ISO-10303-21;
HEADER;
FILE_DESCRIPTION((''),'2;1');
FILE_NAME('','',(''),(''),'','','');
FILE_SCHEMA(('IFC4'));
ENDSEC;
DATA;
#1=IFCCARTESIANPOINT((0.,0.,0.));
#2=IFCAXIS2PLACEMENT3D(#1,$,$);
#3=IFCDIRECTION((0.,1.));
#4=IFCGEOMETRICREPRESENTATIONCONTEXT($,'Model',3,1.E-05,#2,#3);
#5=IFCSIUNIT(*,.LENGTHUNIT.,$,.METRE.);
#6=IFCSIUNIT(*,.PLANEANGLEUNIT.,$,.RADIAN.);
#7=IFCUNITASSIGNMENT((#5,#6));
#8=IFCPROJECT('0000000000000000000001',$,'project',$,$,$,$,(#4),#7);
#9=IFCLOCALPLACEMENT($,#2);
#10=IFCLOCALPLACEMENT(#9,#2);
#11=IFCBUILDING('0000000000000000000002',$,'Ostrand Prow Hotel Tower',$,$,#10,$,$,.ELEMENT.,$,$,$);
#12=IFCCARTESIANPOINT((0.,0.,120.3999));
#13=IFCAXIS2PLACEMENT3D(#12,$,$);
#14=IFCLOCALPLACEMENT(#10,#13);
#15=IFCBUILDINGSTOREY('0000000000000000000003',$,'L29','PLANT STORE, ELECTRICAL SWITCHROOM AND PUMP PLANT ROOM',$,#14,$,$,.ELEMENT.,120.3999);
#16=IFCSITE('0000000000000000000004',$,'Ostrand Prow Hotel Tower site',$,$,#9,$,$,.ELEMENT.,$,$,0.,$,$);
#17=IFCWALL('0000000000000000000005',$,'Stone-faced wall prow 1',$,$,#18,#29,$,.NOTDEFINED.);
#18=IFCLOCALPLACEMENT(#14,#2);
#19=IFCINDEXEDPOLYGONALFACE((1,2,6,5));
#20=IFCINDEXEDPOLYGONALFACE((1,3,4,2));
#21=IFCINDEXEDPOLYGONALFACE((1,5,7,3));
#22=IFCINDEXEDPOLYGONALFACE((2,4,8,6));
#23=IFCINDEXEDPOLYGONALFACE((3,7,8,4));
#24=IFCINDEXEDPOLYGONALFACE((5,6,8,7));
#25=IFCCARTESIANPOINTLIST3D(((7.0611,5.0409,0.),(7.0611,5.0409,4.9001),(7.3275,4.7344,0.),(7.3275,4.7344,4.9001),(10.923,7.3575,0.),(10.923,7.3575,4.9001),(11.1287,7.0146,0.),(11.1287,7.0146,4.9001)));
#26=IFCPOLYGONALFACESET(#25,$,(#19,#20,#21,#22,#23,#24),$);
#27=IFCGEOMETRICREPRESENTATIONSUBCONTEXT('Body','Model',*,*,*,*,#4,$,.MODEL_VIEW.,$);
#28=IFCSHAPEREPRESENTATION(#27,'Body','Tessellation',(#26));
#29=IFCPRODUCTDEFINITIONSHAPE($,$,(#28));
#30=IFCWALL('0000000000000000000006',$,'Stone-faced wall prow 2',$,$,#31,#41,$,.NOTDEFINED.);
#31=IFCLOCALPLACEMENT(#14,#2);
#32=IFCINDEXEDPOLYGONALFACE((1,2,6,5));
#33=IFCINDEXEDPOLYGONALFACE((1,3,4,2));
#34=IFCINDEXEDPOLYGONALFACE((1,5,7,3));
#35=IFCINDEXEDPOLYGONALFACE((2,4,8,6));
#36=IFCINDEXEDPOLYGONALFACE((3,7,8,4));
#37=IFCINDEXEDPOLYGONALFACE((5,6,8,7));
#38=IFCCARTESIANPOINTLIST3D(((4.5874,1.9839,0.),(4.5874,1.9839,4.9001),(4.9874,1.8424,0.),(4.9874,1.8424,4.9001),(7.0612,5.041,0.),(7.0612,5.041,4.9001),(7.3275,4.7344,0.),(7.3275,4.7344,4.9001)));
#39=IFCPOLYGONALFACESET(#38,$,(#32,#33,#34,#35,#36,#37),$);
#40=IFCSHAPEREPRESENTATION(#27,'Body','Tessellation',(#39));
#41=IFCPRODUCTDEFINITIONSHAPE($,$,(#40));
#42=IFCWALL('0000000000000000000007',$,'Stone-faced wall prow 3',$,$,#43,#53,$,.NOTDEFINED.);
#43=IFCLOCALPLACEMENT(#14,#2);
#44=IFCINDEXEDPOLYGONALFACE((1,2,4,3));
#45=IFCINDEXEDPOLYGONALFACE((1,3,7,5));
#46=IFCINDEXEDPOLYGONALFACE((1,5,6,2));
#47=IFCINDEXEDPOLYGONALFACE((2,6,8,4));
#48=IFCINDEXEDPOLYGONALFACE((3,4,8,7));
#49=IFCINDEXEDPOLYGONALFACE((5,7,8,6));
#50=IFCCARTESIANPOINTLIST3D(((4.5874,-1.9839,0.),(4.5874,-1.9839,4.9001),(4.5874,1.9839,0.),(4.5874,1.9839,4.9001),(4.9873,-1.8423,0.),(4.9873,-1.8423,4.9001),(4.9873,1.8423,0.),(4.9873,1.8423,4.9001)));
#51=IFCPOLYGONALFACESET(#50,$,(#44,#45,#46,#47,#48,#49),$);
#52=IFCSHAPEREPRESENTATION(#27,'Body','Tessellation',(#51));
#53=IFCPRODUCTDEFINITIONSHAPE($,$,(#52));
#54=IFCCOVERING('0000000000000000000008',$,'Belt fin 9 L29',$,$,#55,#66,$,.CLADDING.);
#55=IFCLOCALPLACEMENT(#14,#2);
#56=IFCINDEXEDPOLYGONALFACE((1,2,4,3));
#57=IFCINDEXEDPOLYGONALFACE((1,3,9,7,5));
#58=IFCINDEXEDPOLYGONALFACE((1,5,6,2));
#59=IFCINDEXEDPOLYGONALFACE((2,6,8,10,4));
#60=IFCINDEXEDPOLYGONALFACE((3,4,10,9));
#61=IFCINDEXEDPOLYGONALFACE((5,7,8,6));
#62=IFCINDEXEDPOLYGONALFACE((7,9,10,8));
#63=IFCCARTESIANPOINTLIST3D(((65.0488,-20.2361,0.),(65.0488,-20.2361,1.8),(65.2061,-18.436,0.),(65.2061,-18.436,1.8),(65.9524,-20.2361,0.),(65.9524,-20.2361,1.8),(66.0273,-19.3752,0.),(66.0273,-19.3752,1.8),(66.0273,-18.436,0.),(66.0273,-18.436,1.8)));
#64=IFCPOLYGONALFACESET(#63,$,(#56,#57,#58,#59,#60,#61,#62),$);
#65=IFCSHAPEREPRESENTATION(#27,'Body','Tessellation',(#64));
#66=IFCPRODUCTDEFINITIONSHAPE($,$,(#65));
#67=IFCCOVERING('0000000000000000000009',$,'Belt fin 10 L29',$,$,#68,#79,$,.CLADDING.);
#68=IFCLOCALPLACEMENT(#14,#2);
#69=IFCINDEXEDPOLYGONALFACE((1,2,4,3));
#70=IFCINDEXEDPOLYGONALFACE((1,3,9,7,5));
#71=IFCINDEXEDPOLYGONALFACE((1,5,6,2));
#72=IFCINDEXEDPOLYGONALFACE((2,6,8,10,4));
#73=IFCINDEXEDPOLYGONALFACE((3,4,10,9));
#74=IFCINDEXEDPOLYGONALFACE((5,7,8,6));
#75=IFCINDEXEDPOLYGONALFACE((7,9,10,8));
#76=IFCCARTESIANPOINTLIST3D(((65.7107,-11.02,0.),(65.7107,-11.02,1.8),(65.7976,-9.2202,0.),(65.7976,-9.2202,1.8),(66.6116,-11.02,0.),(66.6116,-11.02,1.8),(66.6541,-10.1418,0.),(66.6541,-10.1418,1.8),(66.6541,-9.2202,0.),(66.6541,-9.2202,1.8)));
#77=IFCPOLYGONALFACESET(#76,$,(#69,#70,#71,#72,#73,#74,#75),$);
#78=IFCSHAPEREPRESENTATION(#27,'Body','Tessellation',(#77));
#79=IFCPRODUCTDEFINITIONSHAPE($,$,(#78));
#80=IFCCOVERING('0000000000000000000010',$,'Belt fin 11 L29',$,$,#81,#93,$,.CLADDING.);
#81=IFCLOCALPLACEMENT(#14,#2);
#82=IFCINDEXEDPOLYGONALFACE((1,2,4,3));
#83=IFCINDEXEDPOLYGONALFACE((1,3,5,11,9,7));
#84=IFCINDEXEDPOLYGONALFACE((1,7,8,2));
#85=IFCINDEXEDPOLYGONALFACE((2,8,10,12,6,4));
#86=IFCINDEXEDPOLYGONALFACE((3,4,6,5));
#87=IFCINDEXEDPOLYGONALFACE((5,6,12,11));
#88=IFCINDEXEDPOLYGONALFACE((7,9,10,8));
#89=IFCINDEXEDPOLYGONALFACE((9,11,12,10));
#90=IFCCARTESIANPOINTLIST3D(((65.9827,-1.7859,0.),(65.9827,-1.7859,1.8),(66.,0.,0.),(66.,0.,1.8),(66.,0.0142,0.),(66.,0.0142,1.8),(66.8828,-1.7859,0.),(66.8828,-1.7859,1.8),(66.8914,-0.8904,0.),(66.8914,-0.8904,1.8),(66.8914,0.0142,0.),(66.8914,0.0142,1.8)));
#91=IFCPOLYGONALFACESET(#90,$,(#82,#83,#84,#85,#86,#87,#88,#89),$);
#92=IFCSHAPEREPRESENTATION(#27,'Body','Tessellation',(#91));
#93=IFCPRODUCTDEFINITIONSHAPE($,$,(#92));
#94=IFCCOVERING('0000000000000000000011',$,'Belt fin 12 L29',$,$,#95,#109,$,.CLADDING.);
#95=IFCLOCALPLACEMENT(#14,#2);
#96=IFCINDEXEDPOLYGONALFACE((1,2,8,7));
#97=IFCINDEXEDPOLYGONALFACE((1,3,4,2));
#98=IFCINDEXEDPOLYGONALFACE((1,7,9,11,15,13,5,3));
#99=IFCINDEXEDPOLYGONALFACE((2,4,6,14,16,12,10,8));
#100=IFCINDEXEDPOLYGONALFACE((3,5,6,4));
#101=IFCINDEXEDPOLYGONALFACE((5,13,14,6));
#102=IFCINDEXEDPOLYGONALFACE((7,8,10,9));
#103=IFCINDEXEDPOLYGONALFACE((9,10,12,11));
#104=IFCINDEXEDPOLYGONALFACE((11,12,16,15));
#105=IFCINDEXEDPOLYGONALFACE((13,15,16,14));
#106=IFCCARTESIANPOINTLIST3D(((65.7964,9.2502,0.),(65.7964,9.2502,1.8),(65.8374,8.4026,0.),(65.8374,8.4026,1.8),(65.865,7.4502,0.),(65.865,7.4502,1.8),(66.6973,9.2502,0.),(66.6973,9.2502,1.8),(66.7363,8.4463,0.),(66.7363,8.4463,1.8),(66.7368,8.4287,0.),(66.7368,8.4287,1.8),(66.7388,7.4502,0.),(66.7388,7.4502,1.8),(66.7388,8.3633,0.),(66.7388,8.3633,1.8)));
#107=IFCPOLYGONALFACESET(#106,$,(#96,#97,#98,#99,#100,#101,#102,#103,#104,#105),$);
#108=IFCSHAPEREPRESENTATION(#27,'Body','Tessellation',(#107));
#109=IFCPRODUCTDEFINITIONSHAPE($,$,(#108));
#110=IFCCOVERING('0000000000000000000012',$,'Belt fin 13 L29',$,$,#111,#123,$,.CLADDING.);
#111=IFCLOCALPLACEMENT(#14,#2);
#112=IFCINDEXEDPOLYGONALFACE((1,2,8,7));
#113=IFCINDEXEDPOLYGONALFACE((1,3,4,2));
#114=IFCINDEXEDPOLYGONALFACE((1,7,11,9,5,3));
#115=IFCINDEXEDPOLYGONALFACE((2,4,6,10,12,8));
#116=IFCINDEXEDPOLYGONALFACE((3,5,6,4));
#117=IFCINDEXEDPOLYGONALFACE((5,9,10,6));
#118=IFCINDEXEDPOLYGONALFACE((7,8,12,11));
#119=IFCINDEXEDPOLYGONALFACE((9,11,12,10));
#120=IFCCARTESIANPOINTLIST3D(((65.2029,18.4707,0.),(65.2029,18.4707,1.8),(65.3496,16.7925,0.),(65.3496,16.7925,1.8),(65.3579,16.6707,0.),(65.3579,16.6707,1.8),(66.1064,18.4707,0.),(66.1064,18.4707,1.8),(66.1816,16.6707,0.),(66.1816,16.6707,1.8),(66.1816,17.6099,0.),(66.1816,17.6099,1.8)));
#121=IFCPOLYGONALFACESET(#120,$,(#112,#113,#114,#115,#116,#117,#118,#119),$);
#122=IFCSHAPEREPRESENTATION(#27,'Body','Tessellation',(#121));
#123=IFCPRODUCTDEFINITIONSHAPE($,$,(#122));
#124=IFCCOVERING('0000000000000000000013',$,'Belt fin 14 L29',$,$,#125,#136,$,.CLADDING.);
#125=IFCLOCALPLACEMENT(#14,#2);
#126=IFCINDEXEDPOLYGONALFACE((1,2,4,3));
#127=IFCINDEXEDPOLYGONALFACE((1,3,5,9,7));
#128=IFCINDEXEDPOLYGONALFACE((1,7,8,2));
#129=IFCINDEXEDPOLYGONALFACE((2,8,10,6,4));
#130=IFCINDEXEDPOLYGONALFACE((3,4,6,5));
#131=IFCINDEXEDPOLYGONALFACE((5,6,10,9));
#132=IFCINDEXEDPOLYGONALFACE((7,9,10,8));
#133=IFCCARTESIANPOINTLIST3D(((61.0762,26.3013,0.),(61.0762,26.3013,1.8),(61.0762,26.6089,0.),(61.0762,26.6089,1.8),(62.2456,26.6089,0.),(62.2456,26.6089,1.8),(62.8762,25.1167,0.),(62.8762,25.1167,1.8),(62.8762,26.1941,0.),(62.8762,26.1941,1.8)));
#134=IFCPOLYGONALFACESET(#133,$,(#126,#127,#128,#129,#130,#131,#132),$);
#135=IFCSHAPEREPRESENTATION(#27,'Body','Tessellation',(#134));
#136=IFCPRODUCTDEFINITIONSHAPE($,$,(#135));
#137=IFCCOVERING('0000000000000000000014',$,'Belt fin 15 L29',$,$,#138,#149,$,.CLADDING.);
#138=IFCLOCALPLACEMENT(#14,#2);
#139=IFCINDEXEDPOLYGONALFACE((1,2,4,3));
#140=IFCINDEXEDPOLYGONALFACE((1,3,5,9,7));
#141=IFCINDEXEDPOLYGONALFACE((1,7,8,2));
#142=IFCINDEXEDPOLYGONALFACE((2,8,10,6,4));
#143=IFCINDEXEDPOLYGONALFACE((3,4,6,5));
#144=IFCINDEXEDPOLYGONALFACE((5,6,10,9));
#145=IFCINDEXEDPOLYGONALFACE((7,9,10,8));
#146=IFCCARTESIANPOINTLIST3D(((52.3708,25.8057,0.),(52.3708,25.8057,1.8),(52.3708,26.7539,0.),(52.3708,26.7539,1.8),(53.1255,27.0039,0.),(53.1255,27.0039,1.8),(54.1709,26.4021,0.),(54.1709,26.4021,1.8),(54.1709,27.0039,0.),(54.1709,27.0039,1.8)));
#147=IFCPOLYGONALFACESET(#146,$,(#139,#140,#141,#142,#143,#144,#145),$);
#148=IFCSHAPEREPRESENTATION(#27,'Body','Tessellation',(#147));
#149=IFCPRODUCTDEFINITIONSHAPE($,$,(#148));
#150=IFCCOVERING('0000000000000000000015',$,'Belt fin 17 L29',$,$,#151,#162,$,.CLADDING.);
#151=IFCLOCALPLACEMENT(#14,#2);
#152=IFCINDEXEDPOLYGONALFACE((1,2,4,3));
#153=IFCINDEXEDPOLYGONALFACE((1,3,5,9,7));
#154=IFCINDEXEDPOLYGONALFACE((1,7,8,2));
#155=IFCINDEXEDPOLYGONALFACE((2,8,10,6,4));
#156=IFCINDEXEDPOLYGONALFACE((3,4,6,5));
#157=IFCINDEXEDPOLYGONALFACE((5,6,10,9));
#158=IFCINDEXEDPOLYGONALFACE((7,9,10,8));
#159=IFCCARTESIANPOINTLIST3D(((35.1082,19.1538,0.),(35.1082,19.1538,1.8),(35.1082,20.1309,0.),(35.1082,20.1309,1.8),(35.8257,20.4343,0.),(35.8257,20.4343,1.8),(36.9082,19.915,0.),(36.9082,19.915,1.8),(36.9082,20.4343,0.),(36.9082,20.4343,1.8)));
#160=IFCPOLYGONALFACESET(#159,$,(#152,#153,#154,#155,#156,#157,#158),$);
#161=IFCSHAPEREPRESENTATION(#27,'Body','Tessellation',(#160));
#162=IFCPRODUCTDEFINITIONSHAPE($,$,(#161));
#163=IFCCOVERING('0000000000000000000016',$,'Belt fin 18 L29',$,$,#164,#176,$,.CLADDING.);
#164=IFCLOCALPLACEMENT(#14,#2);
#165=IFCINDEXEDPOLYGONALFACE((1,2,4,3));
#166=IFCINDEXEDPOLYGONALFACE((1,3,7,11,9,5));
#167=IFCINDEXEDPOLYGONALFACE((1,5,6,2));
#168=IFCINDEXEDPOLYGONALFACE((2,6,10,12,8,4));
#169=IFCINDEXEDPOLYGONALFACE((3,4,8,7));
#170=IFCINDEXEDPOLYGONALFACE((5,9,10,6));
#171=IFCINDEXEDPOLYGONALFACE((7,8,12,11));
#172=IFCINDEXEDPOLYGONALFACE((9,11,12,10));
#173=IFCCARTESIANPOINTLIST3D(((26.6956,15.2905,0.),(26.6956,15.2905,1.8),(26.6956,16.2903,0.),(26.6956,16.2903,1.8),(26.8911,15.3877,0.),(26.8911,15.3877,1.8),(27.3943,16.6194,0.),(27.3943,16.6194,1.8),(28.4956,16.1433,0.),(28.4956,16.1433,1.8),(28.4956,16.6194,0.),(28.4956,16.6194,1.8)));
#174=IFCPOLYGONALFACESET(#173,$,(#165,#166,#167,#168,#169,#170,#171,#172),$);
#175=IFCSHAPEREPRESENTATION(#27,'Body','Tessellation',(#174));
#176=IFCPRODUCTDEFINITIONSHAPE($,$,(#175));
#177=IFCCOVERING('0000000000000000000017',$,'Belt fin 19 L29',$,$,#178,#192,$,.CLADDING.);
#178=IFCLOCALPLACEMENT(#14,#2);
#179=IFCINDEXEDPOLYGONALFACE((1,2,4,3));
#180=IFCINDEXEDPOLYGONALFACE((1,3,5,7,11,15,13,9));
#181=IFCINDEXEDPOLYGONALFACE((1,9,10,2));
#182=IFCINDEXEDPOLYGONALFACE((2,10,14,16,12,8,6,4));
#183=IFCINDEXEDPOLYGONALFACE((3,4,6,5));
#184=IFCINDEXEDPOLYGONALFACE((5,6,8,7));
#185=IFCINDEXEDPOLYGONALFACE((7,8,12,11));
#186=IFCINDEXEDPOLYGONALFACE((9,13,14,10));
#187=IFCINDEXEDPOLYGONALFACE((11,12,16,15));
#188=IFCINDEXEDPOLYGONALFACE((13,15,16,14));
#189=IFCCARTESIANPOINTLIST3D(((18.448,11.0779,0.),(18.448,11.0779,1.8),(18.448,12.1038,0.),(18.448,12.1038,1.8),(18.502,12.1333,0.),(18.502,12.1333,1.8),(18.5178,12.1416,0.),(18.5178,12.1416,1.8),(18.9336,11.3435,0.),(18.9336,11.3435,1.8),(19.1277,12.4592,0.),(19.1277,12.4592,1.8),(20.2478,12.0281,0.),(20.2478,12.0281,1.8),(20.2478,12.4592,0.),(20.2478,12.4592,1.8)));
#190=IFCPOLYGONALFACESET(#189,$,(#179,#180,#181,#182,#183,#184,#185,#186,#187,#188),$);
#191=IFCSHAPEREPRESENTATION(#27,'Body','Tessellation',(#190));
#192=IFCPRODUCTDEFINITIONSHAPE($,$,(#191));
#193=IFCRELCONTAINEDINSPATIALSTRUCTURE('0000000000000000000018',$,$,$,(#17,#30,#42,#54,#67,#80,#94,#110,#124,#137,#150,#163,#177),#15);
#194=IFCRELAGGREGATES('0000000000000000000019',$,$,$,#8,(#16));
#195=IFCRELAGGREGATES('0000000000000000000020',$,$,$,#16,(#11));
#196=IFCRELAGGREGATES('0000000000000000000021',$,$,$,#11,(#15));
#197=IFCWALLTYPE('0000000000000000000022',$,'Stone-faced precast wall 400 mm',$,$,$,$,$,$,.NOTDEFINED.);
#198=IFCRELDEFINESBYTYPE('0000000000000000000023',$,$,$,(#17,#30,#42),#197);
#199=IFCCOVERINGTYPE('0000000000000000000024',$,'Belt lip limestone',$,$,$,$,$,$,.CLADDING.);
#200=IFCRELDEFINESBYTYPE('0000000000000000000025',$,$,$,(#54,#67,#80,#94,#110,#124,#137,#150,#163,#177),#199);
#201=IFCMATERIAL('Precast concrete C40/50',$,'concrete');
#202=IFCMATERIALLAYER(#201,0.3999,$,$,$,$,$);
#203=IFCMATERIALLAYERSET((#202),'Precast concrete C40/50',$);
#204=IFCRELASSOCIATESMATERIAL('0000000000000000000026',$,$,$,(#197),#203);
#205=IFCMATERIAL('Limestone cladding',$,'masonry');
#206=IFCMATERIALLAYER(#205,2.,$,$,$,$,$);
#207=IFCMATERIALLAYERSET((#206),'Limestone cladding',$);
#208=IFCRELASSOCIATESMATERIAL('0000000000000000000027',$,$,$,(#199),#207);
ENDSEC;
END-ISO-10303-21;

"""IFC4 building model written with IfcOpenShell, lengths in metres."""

from ifc_helpers import new_model, si_unit, direction, frame, origin, place, context, subcontext, project, spatial, polyline, outline, extrude, material, layer, layer_set, type_object, element, save


model = new_model("IFC4")

# Units and contexts
model_context = context("Model", 3, precision=1e-05, world=origin(), true_north=direction((0.0, 1.0)))
body_context = subcontext(model_context, "Body", "Model", "MODEL_VIEW")
ifc_project = project(units=[si_unit("LENGTHUNIT", "METRE"), si_unit("PLANEANGLEUNIT", "RADIAN")], contexts=[model_context])

# Site, building, storey
site_placement = place(None, origin())
site = spatial("IfcSite", under=ifc_project, at=site_placement, Name="Ostrand Prow Hotel Tower site", CompositionType="ELEMENT", RefElevation=0.0)
building_placement = place(site_placement, origin())
building = spatial("IfcBuilding", under=site, at=building_placement, Name="Ostrand Prow Hotel Tower", CompositionType="ELEMENT")
storey_placement = place(building_placement, frame((0.0, 0.0, 120.3999)))
storey = spatial("IfcBuildingStorey", under=building, at=storey_placement, Name="L29", Description="PLANT STORE, ELECTRICAL SWITCHROOM AND PUMP PLANT ROOM", CompositionType="ELEMENT", Elevation=120.3999)

# Walls
ifc_material_1 = material(Name="Precast concrete C40/50", Category="concrete")
ifc_layer_1 = layer(ifc_material_1, 0.3999)
ifc_layer_set_1 = layer_set([ifc_layer_1], Name="Precast concrete C40/50")
wall_type_1 = type_object("IfcWallType", Name="Stone-faced precast wall 400 mm", PredefinedType="NOTDEFINED", material=ifc_layer_set_1)
wall_1_placement = place(storey_placement, frame((11.0259, 7.186, 0.0), z_axis=(0.0, 0.0, 1.0), x_axis=(-0.857551, -0.514399, 0.0)))
element("IfcWall", 1, at=wall_1_placement, inside=storey, type_object=wall_type_1, Name="Stone-faced wall prow 1", PredefinedType="NOTDEFINED", context=body_context, shape_type="SweptSolid", body=[
    extrude(outline(polyline([(0.0, -0.2), (4.5034, -0.2), (4.4326, 0.2), (0.0, 0.2), (0.0, -0.2)])), origin(), (0.0, 0.0, 1.0), 4.9001),
])
wall_2_placement = place(storey_placement, frame((7.1943, 4.8877, 0.0), z_axis=(0.0, 0.0, 1.0), x_axis=(-0.629035, -0.777377, 0.0)))
element("IfcWall", 2, at=wall_2_placement, inside=storey, type_object=wall_type_1, Name="Stone-faced wall prow 2", PredefinedType="NOTDEFINED", context=body_context, shape_type="SweptSolid", body=[
    extrude(outline(polyline([(-0.0354, -0.2), (3.8972, -0.2), (3.7556, 0.2), (0.0354, 0.2), (-0.0354, -0.2)])), origin(), (0.0, 0.0, 1.0), 4.9001),
])
wall_3_placement = place(storey_placement, frame((4.7874, 1.9131, 0.0), z_axis=(0.0, 0.0, 1.0), x_axis=(0.0, -1.0, 0.0)))
element("IfcWall", 3, at=wall_3_placement, inside=storey, type_object=wall_type_1, Name="Stone-faced wall prow 3", PredefinedType="NOTDEFINED", context=body_context, shape_type="SweptSolid", body=[
    extrude(outline(polyline([(-0.0708, -0.2), (3.897, -0.2), (3.7554, 0.2), (0.0708, 0.2), (-0.0708, -0.2)])), origin(), (0.0, 0.0, 1.0), 4.9001),
])

# Coverings
ifc_material_2 = material(Name="Limestone cladding", Category="masonry")
ifc_layer_2 = layer(ifc_material_2, 2.0)
ifc_layer_set_2 = layer_set([ifc_layer_2], Name="Limestone cladding")
covering_type_1 = type_object("IfcCoveringType", Name="Belt lip limestone", PredefinedType="CLADDING", material=ifc_layer_set_2)
covering_1_placement = place(storey_placement, origin())
element("IfcCovering", 4, at=covering_1_placement, inside=storey, type_object=covering_type_1, Name="Belt fin 9 L29", PredefinedType="CLADDING", context=body_context, shape_type="SweptSolid", body=[
    extrude(outline(polyline([(65.9524, -20.2361), (66.0273, -19.3752), (66.0273, -18.436), (65.2061, -18.436), (65.0488, -20.2361), (65.9524, -20.2361)])), origin(), (0.0, 0.0, 1.0), 1.8),
])
covering_2_placement = place(storey_placement, origin())
element("IfcCovering", 5, at=covering_2_placement, inside=storey, type_object=covering_type_1, Name="Belt fin 10 L29", PredefinedType="CLADDING", context=body_context, shape_type="SweptSolid", body=[
    extrude(outline(polyline([(66.6116, -11.02), (66.6541, -10.1418), (66.6541, -9.2202), (65.7976, -9.2202), (65.7107, -11.02), (66.6116, -11.02)])), origin(), (0.0, 0.0, 1.0), 1.8),
])
covering_3_placement = place(storey_placement, origin())
element("IfcCovering", 6, at=covering_3_placement, inside=storey, type_object=covering_type_1, Name="Belt fin 11 L29", PredefinedType="CLADDING", context=body_context, shape_type="SweptSolid", body=[
    extrude(outline(polyline([(66.8828, -1.7859), (66.8914, -0.8904), (66.8914, 0.0142), (66.0, 0.0142), (66.0, 0.0), (65.9827, -1.7859), (66.8828, -1.7859)])), origin(), (0.0, 0.0, 1.0), 1.8),
])
covering_4_placement = place(storey_placement, origin())
element("IfcCovering", 7, at=covering_4_placement, inside=storey, type_object=covering_type_1, Name="Belt fin 12 L29", PredefinedType="CLADDING", context=body_context, shape_type="SweptSolid", body=[
    extrude(outline(polyline([(66.7363, 8.4463), (66.6973, 9.2502), (65.7964, 9.2502), (65.8374, 8.4026), (65.865, 7.4502), (66.7388, 7.4502), (66.7388, 8.3633), (66.7368, 8.4287), (66.7363, 8.4463)])), origin(), (0.0, 0.0, 1.0), 1.8),
])
covering_5_placement = place(storey_placement, origin())
element("IfcCovering", 8, at=covering_5_placement, inside=storey, type_object=covering_type_1, Name="Belt fin 13 L29", PredefinedType="CLADDING", context=body_context, shape_type="SweptSolid", body=[
    extrude(outline(polyline([(66.1816, 17.6099), (66.1064, 18.4707), (65.2029, 18.4707), (65.3496, 16.7925), (65.3579, 16.6707), (66.1816, 16.6707), (66.1816, 17.6099)])), origin(), (0.0, 0.0, 1.0), 1.8),
])
covering_6_placement = place(storey_placement, origin())
element("IfcCovering", 9, at=covering_6_placement, inside=storey, type_object=covering_type_1, Name="Belt fin 14 L29", PredefinedType="CLADDING", context=body_context, shape_type="SweptSolid", body=[
    extrude(outline(polyline([(62.8762, 26.1941), (62.2456, 26.6089), (61.0762, 26.6089), (61.0762, 26.3013), (62.8762, 25.1167), (62.8762, 26.1941)])), origin(), (0.0, 0.0, 1.0), 1.8),
])
covering_7_placement = place(storey_placement, origin())
element("IfcCovering", 10, at=covering_7_placement, inside=storey, type_object=covering_type_1, Name="Belt fin 15 L29", PredefinedType="CLADDING", context=body_context, shape_type="SweptSolid", body=[
    extrude(outline(polyline([(53.1255, 27.0039), (52.3708, 26.7539), (52.3708, 25.8057), (54.1709, 26.4021), (54.1709, 27.0039), (53.1255, 27.0039)])), origin(), (0.0, 0.0, 1.0), 1.8),
])
covering_8_placement = place(storey_placement, origin())
element("IfcCovering", 11, at=covering_8_placement, inside=storey, type_object=covering_type_1, Name="Belt fin 17 L29", PredefinedType="CLADDING", context=body_context, shape_type="SweptSolid", body=[
    extrude(outline(polyline([(35.8257, 20.4343), (35.1082, 20.1309), (35.1082, 19.1538), (36.9082, 19.915), (36.9082, 20.4343), (35.8257, 20.4343)])), origin(), (0.0, 0.0, 1.0), 1.8),
])
covering_9_placement = place(storey_placement, origin())
element("IfcCovering", 12, at=covering_9_placement, inside=storey, type_object=covering_type_1, Name="Belt fin 18 L29", PredefinedType="CLADDING", context=body_context, shape_type="SweptSolid", body=[
    extrude(outline(polyline([(27.3943, 16.6194), (26.6956, 16.2903), (26.6956, 15.2905), (26.8911, 15.3877), (28.4956, 16.1433), (28.4956, 16.6194), (27.3943, 16.6194)])), origin(), (0.0, 0.0, 1.0), 1.8),
])
covering_10_placement = place(storey_placement, origin())
element("IfcCovering", 13, at=covering_10_placement, inside=storey, type_object=covering_type_1, Name="Belt fin 19 L29", PredefinedType="CLADDING", context=body_context, shape_type="SweptSolid", body=[
    extrude(outline(polyline([(18.5178, 12.1416), (18.502, 12.1333), (18.448, 12.1038), (18.448, 11.0779), (18.9336, 11.3435), (20.2478, 12.0281), (20.2478, 12.4592), (19.1277, 12.4592), (18.5178, 12.1416)])), origin(), (0.0, 0.0, 1.0), 1.8),
])

save(model, "model.ifc")
